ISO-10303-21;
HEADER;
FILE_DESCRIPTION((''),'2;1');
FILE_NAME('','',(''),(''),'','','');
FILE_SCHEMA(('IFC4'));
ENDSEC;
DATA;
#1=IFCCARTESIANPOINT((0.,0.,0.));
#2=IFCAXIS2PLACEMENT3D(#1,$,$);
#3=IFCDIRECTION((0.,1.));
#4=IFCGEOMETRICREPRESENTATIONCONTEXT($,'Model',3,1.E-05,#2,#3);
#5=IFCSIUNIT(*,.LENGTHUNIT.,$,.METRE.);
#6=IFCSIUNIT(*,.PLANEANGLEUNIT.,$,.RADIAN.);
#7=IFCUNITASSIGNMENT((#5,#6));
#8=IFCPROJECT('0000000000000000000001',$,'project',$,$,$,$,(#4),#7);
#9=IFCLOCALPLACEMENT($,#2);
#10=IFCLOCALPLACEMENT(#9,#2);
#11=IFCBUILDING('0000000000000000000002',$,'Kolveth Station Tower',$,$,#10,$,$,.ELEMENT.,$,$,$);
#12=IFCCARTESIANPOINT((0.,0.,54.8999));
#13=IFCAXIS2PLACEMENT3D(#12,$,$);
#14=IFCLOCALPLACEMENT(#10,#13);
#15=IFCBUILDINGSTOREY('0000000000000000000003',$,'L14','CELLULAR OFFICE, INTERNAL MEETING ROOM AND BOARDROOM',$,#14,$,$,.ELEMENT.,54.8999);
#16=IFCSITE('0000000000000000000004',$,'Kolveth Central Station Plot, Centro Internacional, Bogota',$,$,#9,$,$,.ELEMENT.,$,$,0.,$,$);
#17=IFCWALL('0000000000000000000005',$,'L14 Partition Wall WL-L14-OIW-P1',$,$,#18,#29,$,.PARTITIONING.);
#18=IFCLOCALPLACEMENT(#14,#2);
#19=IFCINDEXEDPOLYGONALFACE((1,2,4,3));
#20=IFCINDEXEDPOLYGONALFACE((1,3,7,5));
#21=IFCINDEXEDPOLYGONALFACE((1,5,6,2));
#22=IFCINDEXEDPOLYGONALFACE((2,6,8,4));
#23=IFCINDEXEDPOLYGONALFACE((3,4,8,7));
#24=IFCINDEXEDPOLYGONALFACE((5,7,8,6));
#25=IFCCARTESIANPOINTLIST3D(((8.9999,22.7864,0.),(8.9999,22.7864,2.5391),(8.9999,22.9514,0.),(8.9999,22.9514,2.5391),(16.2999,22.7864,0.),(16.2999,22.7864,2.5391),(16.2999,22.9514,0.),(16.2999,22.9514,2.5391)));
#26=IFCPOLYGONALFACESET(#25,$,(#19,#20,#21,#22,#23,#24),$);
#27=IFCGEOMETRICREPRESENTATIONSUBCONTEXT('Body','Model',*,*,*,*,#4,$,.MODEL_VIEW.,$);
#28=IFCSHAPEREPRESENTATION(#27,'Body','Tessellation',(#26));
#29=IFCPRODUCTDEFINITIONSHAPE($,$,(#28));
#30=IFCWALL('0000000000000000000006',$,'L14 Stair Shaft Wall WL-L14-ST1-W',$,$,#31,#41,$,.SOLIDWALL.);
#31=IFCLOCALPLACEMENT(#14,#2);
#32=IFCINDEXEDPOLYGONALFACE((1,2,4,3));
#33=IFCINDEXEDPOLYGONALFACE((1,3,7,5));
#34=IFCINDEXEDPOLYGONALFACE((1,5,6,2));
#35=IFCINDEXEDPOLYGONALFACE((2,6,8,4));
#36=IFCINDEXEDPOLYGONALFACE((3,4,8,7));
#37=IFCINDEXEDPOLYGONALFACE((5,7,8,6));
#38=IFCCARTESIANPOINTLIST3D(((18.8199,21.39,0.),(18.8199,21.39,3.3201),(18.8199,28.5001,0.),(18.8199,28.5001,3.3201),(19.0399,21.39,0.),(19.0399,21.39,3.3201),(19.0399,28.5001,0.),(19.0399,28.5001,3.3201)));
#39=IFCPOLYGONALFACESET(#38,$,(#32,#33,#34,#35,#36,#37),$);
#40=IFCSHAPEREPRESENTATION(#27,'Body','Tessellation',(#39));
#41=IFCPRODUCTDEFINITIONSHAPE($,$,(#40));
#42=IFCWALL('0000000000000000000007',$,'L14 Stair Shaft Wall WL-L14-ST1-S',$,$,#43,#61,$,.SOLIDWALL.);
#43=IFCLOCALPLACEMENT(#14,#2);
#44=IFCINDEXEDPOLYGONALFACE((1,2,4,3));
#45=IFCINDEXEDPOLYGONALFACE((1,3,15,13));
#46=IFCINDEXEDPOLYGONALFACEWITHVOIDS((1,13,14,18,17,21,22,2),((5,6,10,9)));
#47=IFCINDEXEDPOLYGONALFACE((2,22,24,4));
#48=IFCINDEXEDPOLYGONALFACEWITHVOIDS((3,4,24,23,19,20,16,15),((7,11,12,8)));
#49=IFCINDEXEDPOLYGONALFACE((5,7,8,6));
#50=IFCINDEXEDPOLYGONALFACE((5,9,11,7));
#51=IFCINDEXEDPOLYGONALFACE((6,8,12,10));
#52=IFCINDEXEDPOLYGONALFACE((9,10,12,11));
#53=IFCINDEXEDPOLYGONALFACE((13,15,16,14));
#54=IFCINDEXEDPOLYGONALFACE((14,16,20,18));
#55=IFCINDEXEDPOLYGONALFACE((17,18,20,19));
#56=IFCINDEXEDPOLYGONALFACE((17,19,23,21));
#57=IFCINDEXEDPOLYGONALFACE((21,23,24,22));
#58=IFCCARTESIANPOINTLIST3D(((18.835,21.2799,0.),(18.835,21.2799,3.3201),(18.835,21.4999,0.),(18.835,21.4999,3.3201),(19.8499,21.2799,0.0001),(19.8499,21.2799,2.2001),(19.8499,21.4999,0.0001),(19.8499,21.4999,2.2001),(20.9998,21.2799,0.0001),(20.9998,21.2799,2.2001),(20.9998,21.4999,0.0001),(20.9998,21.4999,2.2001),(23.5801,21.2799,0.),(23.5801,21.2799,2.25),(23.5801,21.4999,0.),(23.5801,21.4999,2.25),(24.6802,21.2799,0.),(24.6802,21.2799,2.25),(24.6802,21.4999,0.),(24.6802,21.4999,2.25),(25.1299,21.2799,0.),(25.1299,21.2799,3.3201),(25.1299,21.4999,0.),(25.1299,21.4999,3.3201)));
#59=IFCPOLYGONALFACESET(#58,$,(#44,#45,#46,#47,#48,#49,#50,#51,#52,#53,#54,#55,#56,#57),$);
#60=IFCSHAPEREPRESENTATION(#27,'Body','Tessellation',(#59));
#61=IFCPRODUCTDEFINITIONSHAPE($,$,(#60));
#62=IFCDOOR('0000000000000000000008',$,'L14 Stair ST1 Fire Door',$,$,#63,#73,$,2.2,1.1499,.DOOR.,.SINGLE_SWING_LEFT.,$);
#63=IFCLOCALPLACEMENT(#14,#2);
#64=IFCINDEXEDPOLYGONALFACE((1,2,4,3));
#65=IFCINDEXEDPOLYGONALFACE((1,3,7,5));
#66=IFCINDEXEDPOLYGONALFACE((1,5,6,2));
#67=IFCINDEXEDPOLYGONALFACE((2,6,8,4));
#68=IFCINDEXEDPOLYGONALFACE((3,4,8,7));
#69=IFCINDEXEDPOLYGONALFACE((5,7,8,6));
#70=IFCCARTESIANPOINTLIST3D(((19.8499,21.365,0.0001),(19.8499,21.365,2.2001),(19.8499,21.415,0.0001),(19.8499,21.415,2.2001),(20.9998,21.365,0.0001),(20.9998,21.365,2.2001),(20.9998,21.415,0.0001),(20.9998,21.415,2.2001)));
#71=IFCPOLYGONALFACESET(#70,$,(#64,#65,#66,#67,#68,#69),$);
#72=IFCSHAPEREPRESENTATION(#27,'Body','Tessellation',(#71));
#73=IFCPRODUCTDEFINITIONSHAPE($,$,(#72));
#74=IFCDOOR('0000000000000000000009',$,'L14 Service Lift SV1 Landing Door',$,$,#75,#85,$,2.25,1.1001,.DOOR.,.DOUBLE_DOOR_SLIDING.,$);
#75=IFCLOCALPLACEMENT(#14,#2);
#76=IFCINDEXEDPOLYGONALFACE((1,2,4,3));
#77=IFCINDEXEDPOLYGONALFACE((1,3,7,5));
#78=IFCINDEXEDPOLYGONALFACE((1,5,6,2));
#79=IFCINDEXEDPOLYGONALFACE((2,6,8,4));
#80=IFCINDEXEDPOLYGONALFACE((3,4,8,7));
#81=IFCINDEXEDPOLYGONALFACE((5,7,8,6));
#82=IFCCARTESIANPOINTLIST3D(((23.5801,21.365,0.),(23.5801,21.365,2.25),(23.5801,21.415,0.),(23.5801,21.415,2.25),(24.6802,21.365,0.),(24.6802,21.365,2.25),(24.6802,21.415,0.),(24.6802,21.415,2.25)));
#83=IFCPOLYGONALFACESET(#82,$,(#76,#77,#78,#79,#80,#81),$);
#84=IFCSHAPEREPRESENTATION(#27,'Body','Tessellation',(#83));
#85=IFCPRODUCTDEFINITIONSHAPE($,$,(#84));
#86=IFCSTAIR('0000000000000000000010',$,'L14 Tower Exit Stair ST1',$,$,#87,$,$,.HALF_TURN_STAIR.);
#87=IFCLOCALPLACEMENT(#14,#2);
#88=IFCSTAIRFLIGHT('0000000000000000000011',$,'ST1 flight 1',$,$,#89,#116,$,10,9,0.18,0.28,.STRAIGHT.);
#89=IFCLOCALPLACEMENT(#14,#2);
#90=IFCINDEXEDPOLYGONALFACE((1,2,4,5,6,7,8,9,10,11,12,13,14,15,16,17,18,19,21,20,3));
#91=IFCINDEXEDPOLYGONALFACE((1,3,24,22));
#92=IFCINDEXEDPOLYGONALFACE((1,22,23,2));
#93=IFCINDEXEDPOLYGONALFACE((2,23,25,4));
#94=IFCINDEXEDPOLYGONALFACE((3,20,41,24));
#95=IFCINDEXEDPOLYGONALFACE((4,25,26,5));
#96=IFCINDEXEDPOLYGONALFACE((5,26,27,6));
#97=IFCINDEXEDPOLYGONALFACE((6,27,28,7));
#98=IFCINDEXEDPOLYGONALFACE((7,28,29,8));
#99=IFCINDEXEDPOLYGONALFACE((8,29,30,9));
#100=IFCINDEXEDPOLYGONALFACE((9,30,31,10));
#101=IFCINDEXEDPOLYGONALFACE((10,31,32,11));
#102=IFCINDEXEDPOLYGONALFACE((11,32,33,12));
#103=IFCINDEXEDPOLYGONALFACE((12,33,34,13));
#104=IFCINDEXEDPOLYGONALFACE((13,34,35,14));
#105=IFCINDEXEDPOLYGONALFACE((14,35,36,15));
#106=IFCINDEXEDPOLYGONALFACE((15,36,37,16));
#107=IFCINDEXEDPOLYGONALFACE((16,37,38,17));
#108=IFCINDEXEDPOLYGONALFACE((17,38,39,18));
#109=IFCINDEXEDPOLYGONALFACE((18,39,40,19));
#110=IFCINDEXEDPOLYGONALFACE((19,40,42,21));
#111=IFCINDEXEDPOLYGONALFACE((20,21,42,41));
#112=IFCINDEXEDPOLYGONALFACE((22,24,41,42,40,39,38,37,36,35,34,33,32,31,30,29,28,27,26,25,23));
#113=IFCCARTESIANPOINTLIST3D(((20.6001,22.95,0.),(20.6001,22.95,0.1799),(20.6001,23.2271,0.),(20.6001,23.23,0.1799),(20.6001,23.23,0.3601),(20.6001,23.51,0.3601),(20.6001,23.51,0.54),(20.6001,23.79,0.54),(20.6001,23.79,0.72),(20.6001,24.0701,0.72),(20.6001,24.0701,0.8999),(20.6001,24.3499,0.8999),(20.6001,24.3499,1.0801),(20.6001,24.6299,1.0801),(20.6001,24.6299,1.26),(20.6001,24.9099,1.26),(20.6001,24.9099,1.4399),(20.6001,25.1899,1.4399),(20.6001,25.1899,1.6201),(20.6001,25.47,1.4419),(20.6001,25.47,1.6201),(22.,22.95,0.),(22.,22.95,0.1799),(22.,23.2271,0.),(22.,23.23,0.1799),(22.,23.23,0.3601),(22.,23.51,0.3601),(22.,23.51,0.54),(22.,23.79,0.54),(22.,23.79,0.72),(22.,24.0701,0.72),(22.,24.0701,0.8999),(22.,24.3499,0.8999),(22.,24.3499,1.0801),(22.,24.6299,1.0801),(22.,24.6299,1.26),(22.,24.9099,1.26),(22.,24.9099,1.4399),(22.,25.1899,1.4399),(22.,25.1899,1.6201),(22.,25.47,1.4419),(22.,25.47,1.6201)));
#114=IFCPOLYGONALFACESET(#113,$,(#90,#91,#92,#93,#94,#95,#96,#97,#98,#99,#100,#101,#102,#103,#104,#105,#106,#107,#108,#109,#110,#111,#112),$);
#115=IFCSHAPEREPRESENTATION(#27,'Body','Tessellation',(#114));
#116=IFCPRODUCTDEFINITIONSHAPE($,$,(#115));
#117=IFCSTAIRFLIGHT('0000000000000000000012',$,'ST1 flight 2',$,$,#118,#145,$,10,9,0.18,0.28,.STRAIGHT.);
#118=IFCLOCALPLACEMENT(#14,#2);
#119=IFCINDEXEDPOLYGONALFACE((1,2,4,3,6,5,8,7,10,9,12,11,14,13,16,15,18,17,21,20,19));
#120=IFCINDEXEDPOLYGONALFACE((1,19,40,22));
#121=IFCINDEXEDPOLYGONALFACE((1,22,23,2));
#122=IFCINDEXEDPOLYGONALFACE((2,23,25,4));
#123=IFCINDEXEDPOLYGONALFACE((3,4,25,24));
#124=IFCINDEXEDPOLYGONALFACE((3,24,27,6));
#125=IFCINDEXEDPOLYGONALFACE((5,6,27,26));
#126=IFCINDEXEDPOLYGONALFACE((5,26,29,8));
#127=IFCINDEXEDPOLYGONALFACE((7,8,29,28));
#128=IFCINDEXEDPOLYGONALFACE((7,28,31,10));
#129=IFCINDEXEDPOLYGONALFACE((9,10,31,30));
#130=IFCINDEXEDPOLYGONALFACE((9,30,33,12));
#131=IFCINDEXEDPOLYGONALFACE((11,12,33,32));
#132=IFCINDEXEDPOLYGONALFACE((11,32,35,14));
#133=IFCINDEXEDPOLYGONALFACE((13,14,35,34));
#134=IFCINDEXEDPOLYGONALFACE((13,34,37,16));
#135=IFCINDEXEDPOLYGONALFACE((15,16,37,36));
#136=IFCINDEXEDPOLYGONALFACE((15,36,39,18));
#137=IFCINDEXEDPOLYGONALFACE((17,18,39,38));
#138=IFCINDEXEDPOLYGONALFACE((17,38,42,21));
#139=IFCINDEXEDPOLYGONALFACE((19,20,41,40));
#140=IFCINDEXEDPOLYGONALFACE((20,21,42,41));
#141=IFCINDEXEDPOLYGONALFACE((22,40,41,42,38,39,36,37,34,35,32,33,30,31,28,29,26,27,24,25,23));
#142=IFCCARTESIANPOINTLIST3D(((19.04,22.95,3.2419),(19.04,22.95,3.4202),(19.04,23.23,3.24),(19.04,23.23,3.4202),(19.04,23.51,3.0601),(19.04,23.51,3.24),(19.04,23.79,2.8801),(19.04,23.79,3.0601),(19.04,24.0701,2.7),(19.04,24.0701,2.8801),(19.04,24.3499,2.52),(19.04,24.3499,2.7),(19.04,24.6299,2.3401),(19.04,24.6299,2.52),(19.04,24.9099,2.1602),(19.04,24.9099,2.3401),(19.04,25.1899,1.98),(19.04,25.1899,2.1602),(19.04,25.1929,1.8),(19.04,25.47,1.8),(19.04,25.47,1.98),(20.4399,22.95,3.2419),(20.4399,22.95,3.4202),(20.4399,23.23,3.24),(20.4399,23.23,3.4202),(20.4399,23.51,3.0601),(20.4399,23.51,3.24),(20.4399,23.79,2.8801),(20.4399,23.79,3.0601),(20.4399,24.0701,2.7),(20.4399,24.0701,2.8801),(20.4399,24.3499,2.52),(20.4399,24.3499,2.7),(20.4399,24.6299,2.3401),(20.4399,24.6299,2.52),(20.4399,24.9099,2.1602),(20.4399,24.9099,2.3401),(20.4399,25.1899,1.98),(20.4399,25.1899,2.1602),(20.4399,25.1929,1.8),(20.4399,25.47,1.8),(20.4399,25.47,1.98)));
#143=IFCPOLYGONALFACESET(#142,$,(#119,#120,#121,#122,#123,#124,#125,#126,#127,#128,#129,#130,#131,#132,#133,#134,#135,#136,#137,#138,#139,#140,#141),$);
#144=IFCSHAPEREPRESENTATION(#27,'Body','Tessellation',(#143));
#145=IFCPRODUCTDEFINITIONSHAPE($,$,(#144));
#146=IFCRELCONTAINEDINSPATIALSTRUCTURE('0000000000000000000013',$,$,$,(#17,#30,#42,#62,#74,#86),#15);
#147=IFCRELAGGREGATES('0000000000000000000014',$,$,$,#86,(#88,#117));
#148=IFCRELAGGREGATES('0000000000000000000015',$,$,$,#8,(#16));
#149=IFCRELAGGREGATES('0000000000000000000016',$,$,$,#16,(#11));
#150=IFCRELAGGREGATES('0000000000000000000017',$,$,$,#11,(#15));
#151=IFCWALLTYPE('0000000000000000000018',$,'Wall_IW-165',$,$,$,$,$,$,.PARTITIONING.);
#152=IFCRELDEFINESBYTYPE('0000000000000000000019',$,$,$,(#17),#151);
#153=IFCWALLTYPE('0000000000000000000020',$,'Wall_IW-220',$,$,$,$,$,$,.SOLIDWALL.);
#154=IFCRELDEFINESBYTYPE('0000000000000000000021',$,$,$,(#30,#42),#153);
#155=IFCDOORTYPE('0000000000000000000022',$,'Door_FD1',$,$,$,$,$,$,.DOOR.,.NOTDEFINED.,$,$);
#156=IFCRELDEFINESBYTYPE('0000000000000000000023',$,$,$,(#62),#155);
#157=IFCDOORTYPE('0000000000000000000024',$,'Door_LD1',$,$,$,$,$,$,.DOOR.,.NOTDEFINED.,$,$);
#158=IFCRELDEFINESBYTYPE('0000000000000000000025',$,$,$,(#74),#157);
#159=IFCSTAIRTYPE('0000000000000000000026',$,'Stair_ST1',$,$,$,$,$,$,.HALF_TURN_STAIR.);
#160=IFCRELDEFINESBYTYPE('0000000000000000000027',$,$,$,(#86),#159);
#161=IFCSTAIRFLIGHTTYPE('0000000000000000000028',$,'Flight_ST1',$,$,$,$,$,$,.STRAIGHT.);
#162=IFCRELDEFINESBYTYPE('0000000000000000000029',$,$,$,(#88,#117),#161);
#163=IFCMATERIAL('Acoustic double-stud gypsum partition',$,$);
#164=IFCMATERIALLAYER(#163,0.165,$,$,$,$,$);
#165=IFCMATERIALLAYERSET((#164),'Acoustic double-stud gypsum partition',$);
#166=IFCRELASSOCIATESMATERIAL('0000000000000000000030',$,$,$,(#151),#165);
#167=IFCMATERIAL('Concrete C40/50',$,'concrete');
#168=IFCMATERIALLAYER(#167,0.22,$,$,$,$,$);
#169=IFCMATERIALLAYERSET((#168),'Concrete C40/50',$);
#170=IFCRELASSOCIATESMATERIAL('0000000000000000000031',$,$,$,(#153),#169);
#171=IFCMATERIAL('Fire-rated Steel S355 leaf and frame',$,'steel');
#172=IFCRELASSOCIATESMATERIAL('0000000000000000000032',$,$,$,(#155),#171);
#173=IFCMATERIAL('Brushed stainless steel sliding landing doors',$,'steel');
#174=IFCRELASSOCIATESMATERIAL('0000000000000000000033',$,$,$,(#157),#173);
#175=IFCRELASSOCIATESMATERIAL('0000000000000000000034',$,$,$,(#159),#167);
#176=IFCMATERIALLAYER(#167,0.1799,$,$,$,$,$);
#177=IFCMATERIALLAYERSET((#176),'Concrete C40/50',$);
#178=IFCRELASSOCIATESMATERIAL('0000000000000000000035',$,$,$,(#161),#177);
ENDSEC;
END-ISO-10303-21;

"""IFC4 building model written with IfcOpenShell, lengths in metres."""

from ifc_helpers import new_model, si_unit, direction, frame, frame_2d, origin, place, context, subcontext, project, spatial, polyline, rectangle, outline, extrude, material, layer, layer_set, type_object, element, fill, aggregate, save


model = new_model("IFC4")

# Units and contexts
model_context = context("Model", 3, precision=1e-05, world=origin(), true_north=direction((0.0, 1.0)))
body_context = subcontext(model_context, "Body", "Model", "MODEL_VIEW")
ifc_project = project(units=[si_unit("LENGTHUNIT", "METRE"), si_unit("PLANEANGLEUNIT", "RADIAN")], contexts=[model_context])

# Site, building, storey
site_placement = place(None, origin())
site = spatial("IfcSite", under=ifc_project, at=site_placement, Name="Kolveth Central Station Plot, Centro Internacional, Bogota", CompositionType="ELEMENT", RefElevation=0.0)
building_placement = place(site_placement, origin())
building = spatial("IfcBuilding", under=site, at=building_placement, Name="Kolveth Station Tower", CompositionType="ELEMENT")
storey_placement = place(building_placement, frame((0.0, 0.0, 54.8999)))
storey = spatial("IfcBuildingStorey", under=building, at=storey_placement, Name="L14", Description="CELLULAR OFFICE, INTERNAL MEETING ROOM AND BOARDROOM", CompositionType="ELEMENT", Elevation=54.8999)

# Walls
ifc_material_1 = material(Name="Acoustic double-stud gypsum partition")
ifc_layer_1 = layer(ifc_material_1, 0.165)
ifc_layer_set_1 = layer_set([ifc_layer_1], Name="Acoustic double-stud gypsum partition")
wall_type_1 = type_object("IfcWallType", Name="Wall_IW-165", PredefinedType="PARTITIONING", material=ifc_layer_set_1)
wall_1_placement = place(storey_placement, frame((9.0, 22.8689, 0.0), z_axis=(0.0, 0.0, 1.0), x_axis=(1.0, 0.0, 0.0)))
element("IfcWall", 1, at=wall_1_placement, inside=storey, type_object=wall_type_1, Name="L14 Partition Wall WL-L14-OIW-P1", PredefinedType="PARTITIONING", context=body_context, shape_type="SweptSolid", body=[
    extrude(rectangle(XDim=7.3, YDim=0.165, at=frame_2d((3.6499, 0.0))), origin(), (0.0, 0.0, 1.0), 2.5391),
])
ifc_material_2 = material(Name="Concrete C40/50", Category="concrete")
ifc_layer_2 = layer(ifc_material_2, 0.22)
ifc_layer_set_2 = layer_set([ifc_layer_2], Name="Concrete C40/50")
wall_type_2 = type_object("IfcWallType", Name="Wall_IW-220", PredefinedType="SOLIDWALL", material=ifc_layer_set_2)
wall_2_placement = place(storey_placement, frame((18.9299, 21.3899, 0.0), z_axis=(0.0, 0.0, 1.0), x_axis=(0.0, 1.0, 0.0)))
element("IfcWall", 2, at=wall_2_placement, inside=storey, type_object=wall_type_2, Name="L14 Stair Shaft Wall WL-L14-ST1-W", PredefinedType="SOLIDWALL", context=body_context, shape_type="SweptSolid", body=[
    extrude(rectangle(XDim=7.1101, YDim=0.22, at=frame_2d((3.5552, 0.0))), origin(), (0.0, 0.0, 1.0), 3.3201),
])

# Wall, openings, doors
wall_3_placement = place(storey_placement, frame((18.835, 21.3899, 0.0), z_axis=(0.0, 0.0, 1.0), x_axis=(1.0, 0.0, 0.0)))
wall_3 = element("IfcWall", 3, at=wall_3_placement, inside=storey, type_object=wall_type_2, Name="L14 Stair Shaft Wall WL-L14-ST1-S", PredefinedType="SOLIDWALL", context=body_context, shape_type="SweptSolid", body=[
    extrude(rectangle(XDim=6.2949, YDim=0.22, at=frame_2d((3.1475, 0.0))), origin(), (0.0, 0.0, 1.0), 3.3201),
])
opening_1_placement = place(wall_3_placement, frame((1.0149, 0.0, 0.0)))
opening_1 = element("IfcOpeningElement", 4, at=opening_1_placement, cuts=wall_3, PredefinedType="OPENING", context=body_context, shape_type="SweptSolid", body=[
    extrude(rectangle(XDim=1.1499, YDim=2.2, at=frame_2d((0.575, 1.1001))), frame((0.0, 0.1199, 0.0), z_axis=(0.0, -1.0, 0.0), x_axis=(1.0, 0.0, 0.0)), (0.0, 0.0, 1.0), 0.24),
])
opening_2_placement = place(wall_3_placement, frame((4.7451, 0.0, 0.0)))
opening_2 = element("IfcOpeningElement", 5, at=opening_2_placement, cuts=wall_3, PredefinedType="OPENING", context=body_context, shape_type="SweptSolid", body=[
    extrude(rectangle(XDim=1.1001, YDim=2.25, at=frame_2d((0.55, 1.125))), frame((0.0, 0.1199, 0.0), z_axis=(0.0, -1.0, 0.0), x_axis=(1.0, 0.0, 0.0)), (0.0, 0.0, 1.0), 0.24),
])
ifc_material_3 = material(Name="Fire-rated Steel S355 leaf and frame", Category="steel")
door_type_1 = type_object("IfcDoorType", Name="Door_FD1", OperationType="NOTDEFINED", PredefinedType="DOOR", material=ifc_material_3)
door_1_placement = place(opening_1_placement, frame((1.1499, 0.0, 0.0), z_axis=(0.0, 0.0, 1.0), x_axis=(-1.0, 0.0, 0.0)))
door_1 = element("IfcDoor", 6, at=door_1_placement, inside=storey, type_object=door_type_1, Name="L14 Stair ST1 Fire Door", OperationType="SINGLE_SWING_LEFT", OverallHeight=2.2, OverallWidth=1.1499, PredefinedType="DOOR", context=body_context, shape_type="SweptSolid", body=[
    extrude(rectangle(XDim=1.1499, YDim=2.2, at=frame_2d((0.575, 1.1001))), frame((0.0, 0.0249, 0.0), z_axis=(0.0, -1.0, 0.0), x_axis=(1.0, 0.0, 0.0)), (0.0, 0.0, 1.0), 0.05),
])
fill(opening_1, door_1)
ifc_material_4 = material(Name="Brushed stainless steel sliding landing doors", Category="steel")
door_type_2 = type_object("IfcDoorType", Name="Door_LD1", OperationType="NOTDEFINED", PredefinedType="DOOR", material=ifc_material_4)
door_2_placement = place(opening_2_placement, frame((1.1001, 0.0, 0.0), z_axis=(0.0, 0.0, 1.0), x_axis=(-1.0, 0.0, 0.0)))
door_2 = element("IfcDoor", 7, at=door_2_placement, inside=storey, type_object=door_type_2, Name="L14 Service Lift SV1 Landing Door", OperationType="DOUBLE_DOOR_SLIDING", OverallHeight=2.25, OverallWidth=1.1001, PredefinedType="DOOR", context=body_context, shape_type="SweptSolid", body=[
    extrude(rectangle(XDim=1.1001, YDim=2.25, at=frame_2d((0.55, 1.125))), frame((0.0, 0.0249, 0.0), z_axis=(0.0, -1.0, 0.0), x_axis=(1.0, 0.0, 0.0)), (0.0, 0.0, 1.0), 0.05),
])
fill(opening_2, door_2)

# Stair, stair flights
stair_type = type_object("IfcStairType", Name="Stair_ST1", PredefinedType="HALF_TURN_STAIR", material=ifc_material_2)
stair_placement = place(storey_placement, origin())
stair = element("IfcStair", 8, at=stair_placement, inside=storey, type_object=stair_type, Name="L14 Tower Exit Stair ST1", PredefinedType="HALF_TURN_STAIR")
ifc_layer_3 = layer(ifc_material_2, 0.1799)
ifc_layer_set_3 = layer_set([ifc_layer_3], Name="Concrete C40/50")
stair_flight_type = type_object("IfcStairFlightType", Name="Flight_ST1", PredefinedType="STRAIGHT", material=ifc_layer_set_3)
stair_flight_1_placement = place(storey_placement, frame((21.3, 22.95, 0.0), z_axis=(0.0, 0.0, 1.0), x_axis=(0.0, 1.0, 0.0)))
stair_flight_1 = element("IfcStairFlight", 9, at=stair_flight_1_placement, type_object=stair_flight_type, Name="ST1 flight 1", NumberOfRisers=10, NumberOfTreads=9, PredefinedType="STRAIGHT", RiserHeight=0.18, TreadLength=0.28, context=body_context, shape_type="SweptSolid", body=[
    extrude(outline(polyline([(0.0, 0.0), (0.0, 0.1799), (0.28, 0.1799), (0.28, 0.3601), (0.5601, 0.3601), (0.5601, 0.54), (0.8401, 0.54), (0.8401, 0.72), (1.1201, 0.72), (1.1201, 0.8999), (1.3999, 0.8999), (1.3999, 1.0801), (1.6799, 1.0801), (1.6799, 1.26), (1.96, 1.26), (1.96, 1.4399), (2.24, 1.4399), (2.24, 1.6201), (2.52, 1.6201), (2.52, 1.8), (2.52, 1.4419), (0.2771, 0.0), (0.0, 0.0)])), frame((0.0, 0.7, 0.0), z_axis=(0.0, -1.0, 0.0), x_axis=(1.0, 0.0, 0.0)), (0.0, 0.0, 1.0), 1.3999),
])
stair_flight_2_placement = place(storey_placement, frame((19.74, 25.47, 1.8), z_axis=(0.0, 0.0, 1.0), x_axis=(0.0, -1.0, 0.0)))
stair_flight_2 = element("IfcStairFlight", 10, at=stair_flight_2_placement, type_object=stair_flight_type, Name="ST1 flight 2", NumberOfRisers=10, NumberOfTreads=9, PredefinedType="STRAIGHT", RiserHeight=0.18, TreadLength=0.28, context=body_context, shape_type="SweptSolid", body=[
    extrude(outline(polyline([(0.0, 0.0), (0.0, 0.1799), (0.28, 0.1799), (0.28, 0.3601), (0.5601, 0.3601), (0.5601, 0.54), (0.8401, 0.54), (0.8401, 0.72), (1.1201, 0.72), (1.1201, 0.8999), (1.3999, 0.8999), (1.3999, 1.0801), (1.6799, 1.0801), (1.6799, 1.26), (1.96, 1.26), (1.96, 1.4399), (2.24, 1.4399), (2.24, 1.6201), (2.52, 1.6201), (2.52, 1.8), (2.52, 1.4419), (0.2771, 0.0), (0.0, 0.0)])), frame((0.0, 0.7, 0.0), z_axis=(0.0, -1.0, 0.0), x_axis=(1.0, 0.0, 0.0)), (0.0, 0.0, 1.0), 1.3999),
])
aggregate(stair, [stair_flight_1, stair_flight_2])

save(model, "model.ifc")
